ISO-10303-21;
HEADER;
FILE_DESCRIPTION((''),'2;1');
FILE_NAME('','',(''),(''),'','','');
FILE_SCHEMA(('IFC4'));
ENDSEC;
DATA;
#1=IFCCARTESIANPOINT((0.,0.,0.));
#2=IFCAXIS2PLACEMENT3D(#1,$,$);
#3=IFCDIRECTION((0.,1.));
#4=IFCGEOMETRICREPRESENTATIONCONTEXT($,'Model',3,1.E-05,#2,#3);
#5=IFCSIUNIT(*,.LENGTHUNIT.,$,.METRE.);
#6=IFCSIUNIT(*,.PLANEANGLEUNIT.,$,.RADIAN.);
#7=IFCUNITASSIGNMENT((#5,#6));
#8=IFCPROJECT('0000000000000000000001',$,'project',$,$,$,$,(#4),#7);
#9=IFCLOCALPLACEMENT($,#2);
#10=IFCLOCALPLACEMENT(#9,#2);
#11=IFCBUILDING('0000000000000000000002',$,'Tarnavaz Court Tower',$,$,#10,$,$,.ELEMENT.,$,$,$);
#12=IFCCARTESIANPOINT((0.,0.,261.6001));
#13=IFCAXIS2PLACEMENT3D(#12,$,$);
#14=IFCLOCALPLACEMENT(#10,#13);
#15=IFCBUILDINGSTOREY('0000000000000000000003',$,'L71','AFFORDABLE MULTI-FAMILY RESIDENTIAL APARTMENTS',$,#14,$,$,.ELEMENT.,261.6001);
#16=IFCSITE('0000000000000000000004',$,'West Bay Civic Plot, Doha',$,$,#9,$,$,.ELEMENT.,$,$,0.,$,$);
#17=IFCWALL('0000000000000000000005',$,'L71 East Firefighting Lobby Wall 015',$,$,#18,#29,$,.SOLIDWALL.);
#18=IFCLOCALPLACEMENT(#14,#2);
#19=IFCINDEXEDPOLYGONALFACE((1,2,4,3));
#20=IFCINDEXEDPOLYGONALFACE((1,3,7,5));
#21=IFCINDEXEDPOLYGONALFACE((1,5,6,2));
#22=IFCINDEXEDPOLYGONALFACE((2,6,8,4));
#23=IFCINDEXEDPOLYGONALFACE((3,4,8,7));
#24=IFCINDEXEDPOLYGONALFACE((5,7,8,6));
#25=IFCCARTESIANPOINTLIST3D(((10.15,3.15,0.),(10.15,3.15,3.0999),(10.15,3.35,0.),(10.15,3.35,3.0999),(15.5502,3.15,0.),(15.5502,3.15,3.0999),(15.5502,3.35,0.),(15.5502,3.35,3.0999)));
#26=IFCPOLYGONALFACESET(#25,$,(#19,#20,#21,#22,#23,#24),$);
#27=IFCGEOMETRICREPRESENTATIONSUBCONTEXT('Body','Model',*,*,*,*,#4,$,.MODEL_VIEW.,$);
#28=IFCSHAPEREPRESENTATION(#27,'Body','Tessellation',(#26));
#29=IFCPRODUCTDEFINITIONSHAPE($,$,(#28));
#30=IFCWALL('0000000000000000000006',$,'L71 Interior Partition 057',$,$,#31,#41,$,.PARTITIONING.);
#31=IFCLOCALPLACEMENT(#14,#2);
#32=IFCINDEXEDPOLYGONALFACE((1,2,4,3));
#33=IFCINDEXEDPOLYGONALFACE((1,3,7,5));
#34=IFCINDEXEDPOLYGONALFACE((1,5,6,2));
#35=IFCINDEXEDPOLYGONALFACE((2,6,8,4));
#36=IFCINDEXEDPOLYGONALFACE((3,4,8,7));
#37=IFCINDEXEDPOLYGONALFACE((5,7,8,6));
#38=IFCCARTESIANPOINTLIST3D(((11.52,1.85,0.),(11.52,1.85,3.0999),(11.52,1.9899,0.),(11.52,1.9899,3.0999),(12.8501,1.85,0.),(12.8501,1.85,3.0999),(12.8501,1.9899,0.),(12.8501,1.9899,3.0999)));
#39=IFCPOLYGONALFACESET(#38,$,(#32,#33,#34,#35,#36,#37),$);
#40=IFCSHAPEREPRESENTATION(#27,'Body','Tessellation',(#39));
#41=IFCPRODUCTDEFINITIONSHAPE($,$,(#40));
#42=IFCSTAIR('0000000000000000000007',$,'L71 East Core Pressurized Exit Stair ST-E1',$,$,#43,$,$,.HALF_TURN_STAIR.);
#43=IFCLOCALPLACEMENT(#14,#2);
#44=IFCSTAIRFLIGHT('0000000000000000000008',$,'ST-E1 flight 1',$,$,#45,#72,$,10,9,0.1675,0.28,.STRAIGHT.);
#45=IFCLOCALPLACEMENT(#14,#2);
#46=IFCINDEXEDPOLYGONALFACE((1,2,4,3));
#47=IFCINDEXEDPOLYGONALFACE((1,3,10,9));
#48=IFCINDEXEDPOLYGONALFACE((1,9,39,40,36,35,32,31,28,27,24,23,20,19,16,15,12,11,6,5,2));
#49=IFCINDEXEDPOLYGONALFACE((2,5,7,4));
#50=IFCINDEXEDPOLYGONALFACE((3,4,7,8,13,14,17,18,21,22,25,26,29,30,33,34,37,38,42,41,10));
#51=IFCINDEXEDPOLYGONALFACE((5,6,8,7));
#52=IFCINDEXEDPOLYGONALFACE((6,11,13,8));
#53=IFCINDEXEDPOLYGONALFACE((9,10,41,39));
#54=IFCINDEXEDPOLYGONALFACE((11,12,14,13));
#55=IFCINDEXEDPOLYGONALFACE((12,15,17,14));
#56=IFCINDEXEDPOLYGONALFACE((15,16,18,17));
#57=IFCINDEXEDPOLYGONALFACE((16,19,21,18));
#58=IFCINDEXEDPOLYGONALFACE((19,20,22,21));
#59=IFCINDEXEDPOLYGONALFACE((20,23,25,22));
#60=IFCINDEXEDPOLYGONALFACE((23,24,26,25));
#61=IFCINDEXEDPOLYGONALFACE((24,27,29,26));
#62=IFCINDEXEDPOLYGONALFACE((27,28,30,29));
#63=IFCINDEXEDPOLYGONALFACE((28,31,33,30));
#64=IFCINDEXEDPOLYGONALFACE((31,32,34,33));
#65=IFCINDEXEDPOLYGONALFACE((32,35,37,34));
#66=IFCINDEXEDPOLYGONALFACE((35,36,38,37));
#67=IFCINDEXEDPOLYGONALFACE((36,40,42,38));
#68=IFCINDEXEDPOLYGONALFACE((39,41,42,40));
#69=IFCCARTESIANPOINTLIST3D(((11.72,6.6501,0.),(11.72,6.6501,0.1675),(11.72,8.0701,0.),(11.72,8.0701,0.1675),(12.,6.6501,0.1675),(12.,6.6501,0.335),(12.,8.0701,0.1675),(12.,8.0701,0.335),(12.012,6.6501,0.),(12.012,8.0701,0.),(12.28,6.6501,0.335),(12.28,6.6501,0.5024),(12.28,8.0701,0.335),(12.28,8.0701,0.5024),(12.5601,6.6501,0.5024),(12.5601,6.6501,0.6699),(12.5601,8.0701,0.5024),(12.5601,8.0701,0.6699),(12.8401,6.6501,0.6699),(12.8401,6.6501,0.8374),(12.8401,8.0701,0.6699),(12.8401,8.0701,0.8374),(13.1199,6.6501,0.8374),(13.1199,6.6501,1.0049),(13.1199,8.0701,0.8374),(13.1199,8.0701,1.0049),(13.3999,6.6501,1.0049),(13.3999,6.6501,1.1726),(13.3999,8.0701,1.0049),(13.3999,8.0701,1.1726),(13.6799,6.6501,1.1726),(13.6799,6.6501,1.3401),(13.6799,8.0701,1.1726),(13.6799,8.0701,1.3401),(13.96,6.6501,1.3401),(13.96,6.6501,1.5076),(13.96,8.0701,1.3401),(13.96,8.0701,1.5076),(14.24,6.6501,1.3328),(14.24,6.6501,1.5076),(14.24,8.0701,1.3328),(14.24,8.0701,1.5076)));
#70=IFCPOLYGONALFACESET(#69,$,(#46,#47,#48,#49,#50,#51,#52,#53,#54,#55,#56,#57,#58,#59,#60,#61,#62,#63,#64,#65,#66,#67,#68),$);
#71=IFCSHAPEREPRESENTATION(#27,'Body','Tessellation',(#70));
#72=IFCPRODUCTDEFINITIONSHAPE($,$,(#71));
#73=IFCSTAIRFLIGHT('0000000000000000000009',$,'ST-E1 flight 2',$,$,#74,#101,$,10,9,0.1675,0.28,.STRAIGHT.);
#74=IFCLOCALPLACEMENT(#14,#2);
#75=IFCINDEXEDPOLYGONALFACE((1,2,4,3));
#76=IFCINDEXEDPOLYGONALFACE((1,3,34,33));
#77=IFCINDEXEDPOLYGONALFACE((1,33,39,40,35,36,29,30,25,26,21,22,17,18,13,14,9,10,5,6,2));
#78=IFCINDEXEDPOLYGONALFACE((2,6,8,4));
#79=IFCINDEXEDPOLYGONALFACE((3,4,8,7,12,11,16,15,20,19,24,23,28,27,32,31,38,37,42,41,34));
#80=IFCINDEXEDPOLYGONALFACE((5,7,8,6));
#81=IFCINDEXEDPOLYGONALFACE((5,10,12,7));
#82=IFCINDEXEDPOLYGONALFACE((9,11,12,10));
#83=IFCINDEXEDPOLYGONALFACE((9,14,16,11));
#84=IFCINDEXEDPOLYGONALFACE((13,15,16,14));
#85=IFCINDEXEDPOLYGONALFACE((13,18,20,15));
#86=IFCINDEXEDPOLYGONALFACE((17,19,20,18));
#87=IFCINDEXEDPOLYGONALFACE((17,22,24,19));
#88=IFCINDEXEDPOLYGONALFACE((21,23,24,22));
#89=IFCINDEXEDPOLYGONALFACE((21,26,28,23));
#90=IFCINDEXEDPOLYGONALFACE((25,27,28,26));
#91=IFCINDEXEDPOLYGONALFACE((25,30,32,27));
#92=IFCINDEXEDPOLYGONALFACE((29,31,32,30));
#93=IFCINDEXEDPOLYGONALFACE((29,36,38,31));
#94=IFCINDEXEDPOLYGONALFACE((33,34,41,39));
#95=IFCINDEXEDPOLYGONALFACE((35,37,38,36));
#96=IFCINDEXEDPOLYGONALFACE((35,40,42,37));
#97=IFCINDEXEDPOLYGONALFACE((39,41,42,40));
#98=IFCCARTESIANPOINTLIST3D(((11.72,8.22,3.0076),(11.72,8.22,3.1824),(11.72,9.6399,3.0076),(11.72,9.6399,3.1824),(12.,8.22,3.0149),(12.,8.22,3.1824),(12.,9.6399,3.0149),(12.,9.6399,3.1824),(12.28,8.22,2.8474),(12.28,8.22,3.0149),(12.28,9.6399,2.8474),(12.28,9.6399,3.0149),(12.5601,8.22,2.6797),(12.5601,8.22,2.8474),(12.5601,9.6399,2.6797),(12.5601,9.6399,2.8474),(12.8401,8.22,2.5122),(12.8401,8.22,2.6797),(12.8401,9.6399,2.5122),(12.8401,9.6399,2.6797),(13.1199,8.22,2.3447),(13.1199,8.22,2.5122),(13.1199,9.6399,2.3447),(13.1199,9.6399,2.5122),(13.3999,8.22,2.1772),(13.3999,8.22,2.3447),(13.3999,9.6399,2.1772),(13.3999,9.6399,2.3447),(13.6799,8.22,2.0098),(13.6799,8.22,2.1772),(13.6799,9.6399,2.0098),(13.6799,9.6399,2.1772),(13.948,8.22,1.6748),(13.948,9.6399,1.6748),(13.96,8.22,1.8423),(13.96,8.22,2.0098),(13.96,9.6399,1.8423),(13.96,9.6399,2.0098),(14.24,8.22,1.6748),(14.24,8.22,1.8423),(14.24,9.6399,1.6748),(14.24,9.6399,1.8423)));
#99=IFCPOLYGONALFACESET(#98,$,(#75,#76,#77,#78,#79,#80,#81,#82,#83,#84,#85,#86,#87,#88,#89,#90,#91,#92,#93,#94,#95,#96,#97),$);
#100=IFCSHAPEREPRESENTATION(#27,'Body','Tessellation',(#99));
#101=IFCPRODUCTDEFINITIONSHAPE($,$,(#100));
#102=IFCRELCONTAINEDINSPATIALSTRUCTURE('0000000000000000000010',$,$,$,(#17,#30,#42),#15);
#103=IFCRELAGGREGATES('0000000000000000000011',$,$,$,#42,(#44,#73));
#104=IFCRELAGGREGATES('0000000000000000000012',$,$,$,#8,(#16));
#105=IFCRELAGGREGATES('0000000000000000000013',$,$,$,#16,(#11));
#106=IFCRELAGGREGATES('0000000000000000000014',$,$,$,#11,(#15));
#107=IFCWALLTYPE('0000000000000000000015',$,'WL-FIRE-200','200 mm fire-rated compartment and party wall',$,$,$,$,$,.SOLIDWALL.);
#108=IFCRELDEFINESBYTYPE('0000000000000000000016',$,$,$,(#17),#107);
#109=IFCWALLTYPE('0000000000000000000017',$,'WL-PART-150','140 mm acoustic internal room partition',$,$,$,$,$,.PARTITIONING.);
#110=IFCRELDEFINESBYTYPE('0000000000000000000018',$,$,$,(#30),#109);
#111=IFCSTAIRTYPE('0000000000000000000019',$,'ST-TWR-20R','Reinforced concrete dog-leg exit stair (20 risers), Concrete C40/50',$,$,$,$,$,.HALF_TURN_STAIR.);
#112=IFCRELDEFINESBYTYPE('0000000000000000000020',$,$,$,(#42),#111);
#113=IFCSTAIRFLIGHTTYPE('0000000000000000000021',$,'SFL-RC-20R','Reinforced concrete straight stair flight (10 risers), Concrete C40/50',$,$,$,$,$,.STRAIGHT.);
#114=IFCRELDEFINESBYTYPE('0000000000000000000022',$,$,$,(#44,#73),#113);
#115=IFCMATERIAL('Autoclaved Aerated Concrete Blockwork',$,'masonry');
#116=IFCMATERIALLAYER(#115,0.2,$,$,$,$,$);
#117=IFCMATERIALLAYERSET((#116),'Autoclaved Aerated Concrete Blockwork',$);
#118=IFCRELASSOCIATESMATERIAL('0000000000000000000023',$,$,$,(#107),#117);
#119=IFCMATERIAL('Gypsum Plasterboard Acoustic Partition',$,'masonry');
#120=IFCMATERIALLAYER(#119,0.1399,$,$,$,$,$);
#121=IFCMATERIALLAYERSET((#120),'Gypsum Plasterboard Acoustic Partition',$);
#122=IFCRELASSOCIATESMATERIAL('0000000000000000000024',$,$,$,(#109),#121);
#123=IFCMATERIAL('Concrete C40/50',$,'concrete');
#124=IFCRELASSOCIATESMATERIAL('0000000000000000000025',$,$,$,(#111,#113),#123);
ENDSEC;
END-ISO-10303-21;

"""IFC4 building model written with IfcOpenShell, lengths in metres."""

from ifc_helpers import new_model, si_unit, direction, frame, frame_2d, origin, place, context, subcontext, project, spatial, polyline, rectangle, outline, extrude, material, layer, layer_set, type_object, element, aggregate, save


model = new_model("IFC4")

# Units and contexts
model_context = context("Model", 3, precision=1e-05, world=origin(), true_north=direction((0.0, 1.0)))
body_context = subcontext(model_context, "Body", "Model", "MODEL_VIEW")
ifc_project = project(units=[si_unit("LENGTHUNIT", "METRE"), si_unit("PLANEANGLEUNIT", "RADIAN")], contexts=[model_context])

# Site, building, storey
site_placement = place(None, origin())
site = spatial("IfcSite", under=ifc_project, at=site_placement, Name="West Bay Civic Plot, Doha", CompositionType="ELEMENT", RefElevation=0.0)
building_placement = place(site_placement, origin())
building = spatial("IfcBuilding", under=site, at=building_placement, Name="Tarnavaz Court Tower", CompositionType="ELEMENT")
storey_placement = place(building_placement, frame((0.0, 0.0, 261.6001)))
storey = spatial("IfcBuildingStorey", under=building, at=storey_placement, Name="L71", Description="AFFORDABLE MULTI-FAMILY RESIDENTIAL APARTMENTS", CompositionType="ELEMENT", Elevation=261.6001)

# Wall
ifc_material_1 = material(Name="Autoclaved Aerated Concrete Blockwork", Category="masonry")
ifc_layer_1 = layer(ifc_material_1, 0.2)
ifc_layer_set_1 = layer_set([ifc_layer_1], Name="Autoclaved Aerated Concrete Blockwork")
wall_type_1 = type_object("IfcWallType", Name="WL-FIRE-200", Description="200 mm fire-rated compartment and party wall", PredefinedType="SOLIDWALL", material=ifc_layer_set_1)
wall_1_placement = place(storey_placement, frame((10.1499, 3.25, 0.0), z_axis=(0.0, 0.0, 1.0), x_axis=(1.0, 0.0, 0.0)))
element("IfcWall", 1, at=wall_1_placement, inside=storey, type_object=wall_type_1, Name="L71 East Firefighting Lobby Wall 015", PredefinedType="SOLIDWALL", context=body_context, shape_type="SweptSolid", body=[
    extrude(rectangle(XDim=5.4001, YDim=0.2, at=frame_2d((2.7002, 0.0))), origin(), (0.0, 0.0, 1.0), 3.0999),
])

# Wall
ifc_material_2 = material(Name="Gypsum Plasterboard Acoustic Partition", Category="masonry")
ifc_layer_2 = layer(ifc_material_2, 0.1399)
ifc_layer_set_2 = layer_set([ifc_layer_2], Name="Gypsum Plasterboard Acoustic Partition")
wall_type_2 = type_object("IfcWallType", Name="WL-PART-150", Description="140 mm acoustic internal room partition", PredefinedType="PARTITIONING", material=ifc_layer_set_2)
wall_2_placement = place(storey_placement, frame((11.52, 1.9199, 0.0), z_axis=(0.0, 0.0, 1.0), x_axis=(1.0, 0.0, 0.0)))
element("IfcWall", 2, at=wall_2_placement, inside=storey, type_object=wall_type_2, Name="L71 Interior Partition 057", PredefinedType="PARTITIONING", context=body_context, shape_type="SweptSolid", body=[
    extrude(rectangle(XDim=1.3301, YDim=0.1399, at=frame_2d((0.665, 0.0))), origin(), (0.0, 0.0, 1.0), 3.0999),
])

# Stair, stair flights
ifc_material_3 = material(Name="Concrete C40/50", Category="concrete")
stair_type = type_object("IfcStairType", Name="ST-TWR-20R", Description="Reinforced concrete dog-leg exit stair (20 risers), Concrete C40/50", PredefinedType="HALF_TURN_STAIR", material=ifc_material_3)
stair_placement = place(storey_placement, origin())
stair = element("IfcStair", 3, at=stair_placement, inside=storey, type_object=stair_type, Name="L71 East Core Pressurized Exit Stair ST-E1", PredefinedType="HALF_TURN_STAIR")
stair_flight_type = type_object("IfcStairFlightType", Name="SFL-RC-20R", Description="Reinforced concrete straight stair flight (10 risers), Concrete C40/50", PredefinedType="STRAIGHT", material=ifc_material_3)
stair_flight_1_placement = place(storey_placement, frame((11.72, 7.3601, 0.0), z_axis=(0.0, 0.0, 1.0), x_axis=(1.0, 0.0, 0.0)))
stair_flight_1 = element("IfcStairFlight", 4, at=stair_flight_1_placement, type_object=stair_flight_type, Name="ST-E1 flight 1", NumberOfRisers=10, NumberOfTreads=9, PredefinedType="STRAIGHT", RiserHeight=0.1675, TreadLength=0.28, context=body_context, shape_type="SweptSolid", body=[
    extrude(outline(polyline([(0.0, 0.0), (0.0, 0.1675), (0.28, 0.1675), (0.28, 0.335), (0.5601, 0.335), (0.5601, 0.5024), (0.8401, 0.5024), (0.8401, 0.6699), (1.1201, 0.6699), (1.1201, 0.8374), (1.3999, 0.8374), (1.3999, 1.0049), (1.6799, 1.0049), (1.6799, 1.1726), (1.96, 1.1726), (1.96, 1.3401), (2.24, 1.3401), (2.24, 1.5076), (2.52, 1.5076), (2.52, 1.675), (2.52, 1.3328), (0.292, 0.0), (0.0, 0.0)])), frame((0.0, 0.71, 0.0), z_axis=(0.0, -1.0, 0.0), x_axis=(1.0, 0.0, 0.0)), (0.0, 0.0, 1.0), 1.4199),
])
stair_flight_2_placement = place(storey_placement, frame((14.24, 8.9299, 1.6748), z_axis=(0.0, 0.0, 1.0), x_axis=(-1.0, 0.0, 0.0)))
stair_flight_2 = element("IfcStairFlight", 5, at=stair_flight_2_placement, type_object=stair_flight_type, Name="ST-E1 flight 2", NumberOfRisers=10, NumberOfTreads=9, PredefinedType="STRAIGHT", RiserHeight=0.1675, TreadLength=0.28, context=body_context, shape_type="SweptSolid", body=[
    extrude(outline(polyline([(0.0, 0.0), (0.0, 0.1675), (0.28, 0.1675), (0.28, 0.335), (0.5601, 0.335), (0.5601, 0.5024), (0.8401, 0.5024), (0.8401, 0.6699), (1.1201, 0.6699), (1.1201, 0.8374), (1.3999, 0.8374), (1.3999, 1.0049), (1.6799, 1.0049), (1.6799, 1.1726), (1.96, 1.1726), (1.96, 1.3401), (2.24, 1.3401), (2.24, 1.5076), (2.52, 1.5076), (2.52, 1.675), (2.52, 1.3328), (0.292, 0.0), (0.0, 0.0)])), frame((0.0, 0.71, 0.0), z_axis=(0.0, -1.0, 0.0), x_axis=(1.0, 0.0, 0.0)), (0.0, 0.0, 1.0), 1.4199),
])
aggregate(stair, [stair_flight_1, stair_flight_2])

save(model, "model.ifc")
